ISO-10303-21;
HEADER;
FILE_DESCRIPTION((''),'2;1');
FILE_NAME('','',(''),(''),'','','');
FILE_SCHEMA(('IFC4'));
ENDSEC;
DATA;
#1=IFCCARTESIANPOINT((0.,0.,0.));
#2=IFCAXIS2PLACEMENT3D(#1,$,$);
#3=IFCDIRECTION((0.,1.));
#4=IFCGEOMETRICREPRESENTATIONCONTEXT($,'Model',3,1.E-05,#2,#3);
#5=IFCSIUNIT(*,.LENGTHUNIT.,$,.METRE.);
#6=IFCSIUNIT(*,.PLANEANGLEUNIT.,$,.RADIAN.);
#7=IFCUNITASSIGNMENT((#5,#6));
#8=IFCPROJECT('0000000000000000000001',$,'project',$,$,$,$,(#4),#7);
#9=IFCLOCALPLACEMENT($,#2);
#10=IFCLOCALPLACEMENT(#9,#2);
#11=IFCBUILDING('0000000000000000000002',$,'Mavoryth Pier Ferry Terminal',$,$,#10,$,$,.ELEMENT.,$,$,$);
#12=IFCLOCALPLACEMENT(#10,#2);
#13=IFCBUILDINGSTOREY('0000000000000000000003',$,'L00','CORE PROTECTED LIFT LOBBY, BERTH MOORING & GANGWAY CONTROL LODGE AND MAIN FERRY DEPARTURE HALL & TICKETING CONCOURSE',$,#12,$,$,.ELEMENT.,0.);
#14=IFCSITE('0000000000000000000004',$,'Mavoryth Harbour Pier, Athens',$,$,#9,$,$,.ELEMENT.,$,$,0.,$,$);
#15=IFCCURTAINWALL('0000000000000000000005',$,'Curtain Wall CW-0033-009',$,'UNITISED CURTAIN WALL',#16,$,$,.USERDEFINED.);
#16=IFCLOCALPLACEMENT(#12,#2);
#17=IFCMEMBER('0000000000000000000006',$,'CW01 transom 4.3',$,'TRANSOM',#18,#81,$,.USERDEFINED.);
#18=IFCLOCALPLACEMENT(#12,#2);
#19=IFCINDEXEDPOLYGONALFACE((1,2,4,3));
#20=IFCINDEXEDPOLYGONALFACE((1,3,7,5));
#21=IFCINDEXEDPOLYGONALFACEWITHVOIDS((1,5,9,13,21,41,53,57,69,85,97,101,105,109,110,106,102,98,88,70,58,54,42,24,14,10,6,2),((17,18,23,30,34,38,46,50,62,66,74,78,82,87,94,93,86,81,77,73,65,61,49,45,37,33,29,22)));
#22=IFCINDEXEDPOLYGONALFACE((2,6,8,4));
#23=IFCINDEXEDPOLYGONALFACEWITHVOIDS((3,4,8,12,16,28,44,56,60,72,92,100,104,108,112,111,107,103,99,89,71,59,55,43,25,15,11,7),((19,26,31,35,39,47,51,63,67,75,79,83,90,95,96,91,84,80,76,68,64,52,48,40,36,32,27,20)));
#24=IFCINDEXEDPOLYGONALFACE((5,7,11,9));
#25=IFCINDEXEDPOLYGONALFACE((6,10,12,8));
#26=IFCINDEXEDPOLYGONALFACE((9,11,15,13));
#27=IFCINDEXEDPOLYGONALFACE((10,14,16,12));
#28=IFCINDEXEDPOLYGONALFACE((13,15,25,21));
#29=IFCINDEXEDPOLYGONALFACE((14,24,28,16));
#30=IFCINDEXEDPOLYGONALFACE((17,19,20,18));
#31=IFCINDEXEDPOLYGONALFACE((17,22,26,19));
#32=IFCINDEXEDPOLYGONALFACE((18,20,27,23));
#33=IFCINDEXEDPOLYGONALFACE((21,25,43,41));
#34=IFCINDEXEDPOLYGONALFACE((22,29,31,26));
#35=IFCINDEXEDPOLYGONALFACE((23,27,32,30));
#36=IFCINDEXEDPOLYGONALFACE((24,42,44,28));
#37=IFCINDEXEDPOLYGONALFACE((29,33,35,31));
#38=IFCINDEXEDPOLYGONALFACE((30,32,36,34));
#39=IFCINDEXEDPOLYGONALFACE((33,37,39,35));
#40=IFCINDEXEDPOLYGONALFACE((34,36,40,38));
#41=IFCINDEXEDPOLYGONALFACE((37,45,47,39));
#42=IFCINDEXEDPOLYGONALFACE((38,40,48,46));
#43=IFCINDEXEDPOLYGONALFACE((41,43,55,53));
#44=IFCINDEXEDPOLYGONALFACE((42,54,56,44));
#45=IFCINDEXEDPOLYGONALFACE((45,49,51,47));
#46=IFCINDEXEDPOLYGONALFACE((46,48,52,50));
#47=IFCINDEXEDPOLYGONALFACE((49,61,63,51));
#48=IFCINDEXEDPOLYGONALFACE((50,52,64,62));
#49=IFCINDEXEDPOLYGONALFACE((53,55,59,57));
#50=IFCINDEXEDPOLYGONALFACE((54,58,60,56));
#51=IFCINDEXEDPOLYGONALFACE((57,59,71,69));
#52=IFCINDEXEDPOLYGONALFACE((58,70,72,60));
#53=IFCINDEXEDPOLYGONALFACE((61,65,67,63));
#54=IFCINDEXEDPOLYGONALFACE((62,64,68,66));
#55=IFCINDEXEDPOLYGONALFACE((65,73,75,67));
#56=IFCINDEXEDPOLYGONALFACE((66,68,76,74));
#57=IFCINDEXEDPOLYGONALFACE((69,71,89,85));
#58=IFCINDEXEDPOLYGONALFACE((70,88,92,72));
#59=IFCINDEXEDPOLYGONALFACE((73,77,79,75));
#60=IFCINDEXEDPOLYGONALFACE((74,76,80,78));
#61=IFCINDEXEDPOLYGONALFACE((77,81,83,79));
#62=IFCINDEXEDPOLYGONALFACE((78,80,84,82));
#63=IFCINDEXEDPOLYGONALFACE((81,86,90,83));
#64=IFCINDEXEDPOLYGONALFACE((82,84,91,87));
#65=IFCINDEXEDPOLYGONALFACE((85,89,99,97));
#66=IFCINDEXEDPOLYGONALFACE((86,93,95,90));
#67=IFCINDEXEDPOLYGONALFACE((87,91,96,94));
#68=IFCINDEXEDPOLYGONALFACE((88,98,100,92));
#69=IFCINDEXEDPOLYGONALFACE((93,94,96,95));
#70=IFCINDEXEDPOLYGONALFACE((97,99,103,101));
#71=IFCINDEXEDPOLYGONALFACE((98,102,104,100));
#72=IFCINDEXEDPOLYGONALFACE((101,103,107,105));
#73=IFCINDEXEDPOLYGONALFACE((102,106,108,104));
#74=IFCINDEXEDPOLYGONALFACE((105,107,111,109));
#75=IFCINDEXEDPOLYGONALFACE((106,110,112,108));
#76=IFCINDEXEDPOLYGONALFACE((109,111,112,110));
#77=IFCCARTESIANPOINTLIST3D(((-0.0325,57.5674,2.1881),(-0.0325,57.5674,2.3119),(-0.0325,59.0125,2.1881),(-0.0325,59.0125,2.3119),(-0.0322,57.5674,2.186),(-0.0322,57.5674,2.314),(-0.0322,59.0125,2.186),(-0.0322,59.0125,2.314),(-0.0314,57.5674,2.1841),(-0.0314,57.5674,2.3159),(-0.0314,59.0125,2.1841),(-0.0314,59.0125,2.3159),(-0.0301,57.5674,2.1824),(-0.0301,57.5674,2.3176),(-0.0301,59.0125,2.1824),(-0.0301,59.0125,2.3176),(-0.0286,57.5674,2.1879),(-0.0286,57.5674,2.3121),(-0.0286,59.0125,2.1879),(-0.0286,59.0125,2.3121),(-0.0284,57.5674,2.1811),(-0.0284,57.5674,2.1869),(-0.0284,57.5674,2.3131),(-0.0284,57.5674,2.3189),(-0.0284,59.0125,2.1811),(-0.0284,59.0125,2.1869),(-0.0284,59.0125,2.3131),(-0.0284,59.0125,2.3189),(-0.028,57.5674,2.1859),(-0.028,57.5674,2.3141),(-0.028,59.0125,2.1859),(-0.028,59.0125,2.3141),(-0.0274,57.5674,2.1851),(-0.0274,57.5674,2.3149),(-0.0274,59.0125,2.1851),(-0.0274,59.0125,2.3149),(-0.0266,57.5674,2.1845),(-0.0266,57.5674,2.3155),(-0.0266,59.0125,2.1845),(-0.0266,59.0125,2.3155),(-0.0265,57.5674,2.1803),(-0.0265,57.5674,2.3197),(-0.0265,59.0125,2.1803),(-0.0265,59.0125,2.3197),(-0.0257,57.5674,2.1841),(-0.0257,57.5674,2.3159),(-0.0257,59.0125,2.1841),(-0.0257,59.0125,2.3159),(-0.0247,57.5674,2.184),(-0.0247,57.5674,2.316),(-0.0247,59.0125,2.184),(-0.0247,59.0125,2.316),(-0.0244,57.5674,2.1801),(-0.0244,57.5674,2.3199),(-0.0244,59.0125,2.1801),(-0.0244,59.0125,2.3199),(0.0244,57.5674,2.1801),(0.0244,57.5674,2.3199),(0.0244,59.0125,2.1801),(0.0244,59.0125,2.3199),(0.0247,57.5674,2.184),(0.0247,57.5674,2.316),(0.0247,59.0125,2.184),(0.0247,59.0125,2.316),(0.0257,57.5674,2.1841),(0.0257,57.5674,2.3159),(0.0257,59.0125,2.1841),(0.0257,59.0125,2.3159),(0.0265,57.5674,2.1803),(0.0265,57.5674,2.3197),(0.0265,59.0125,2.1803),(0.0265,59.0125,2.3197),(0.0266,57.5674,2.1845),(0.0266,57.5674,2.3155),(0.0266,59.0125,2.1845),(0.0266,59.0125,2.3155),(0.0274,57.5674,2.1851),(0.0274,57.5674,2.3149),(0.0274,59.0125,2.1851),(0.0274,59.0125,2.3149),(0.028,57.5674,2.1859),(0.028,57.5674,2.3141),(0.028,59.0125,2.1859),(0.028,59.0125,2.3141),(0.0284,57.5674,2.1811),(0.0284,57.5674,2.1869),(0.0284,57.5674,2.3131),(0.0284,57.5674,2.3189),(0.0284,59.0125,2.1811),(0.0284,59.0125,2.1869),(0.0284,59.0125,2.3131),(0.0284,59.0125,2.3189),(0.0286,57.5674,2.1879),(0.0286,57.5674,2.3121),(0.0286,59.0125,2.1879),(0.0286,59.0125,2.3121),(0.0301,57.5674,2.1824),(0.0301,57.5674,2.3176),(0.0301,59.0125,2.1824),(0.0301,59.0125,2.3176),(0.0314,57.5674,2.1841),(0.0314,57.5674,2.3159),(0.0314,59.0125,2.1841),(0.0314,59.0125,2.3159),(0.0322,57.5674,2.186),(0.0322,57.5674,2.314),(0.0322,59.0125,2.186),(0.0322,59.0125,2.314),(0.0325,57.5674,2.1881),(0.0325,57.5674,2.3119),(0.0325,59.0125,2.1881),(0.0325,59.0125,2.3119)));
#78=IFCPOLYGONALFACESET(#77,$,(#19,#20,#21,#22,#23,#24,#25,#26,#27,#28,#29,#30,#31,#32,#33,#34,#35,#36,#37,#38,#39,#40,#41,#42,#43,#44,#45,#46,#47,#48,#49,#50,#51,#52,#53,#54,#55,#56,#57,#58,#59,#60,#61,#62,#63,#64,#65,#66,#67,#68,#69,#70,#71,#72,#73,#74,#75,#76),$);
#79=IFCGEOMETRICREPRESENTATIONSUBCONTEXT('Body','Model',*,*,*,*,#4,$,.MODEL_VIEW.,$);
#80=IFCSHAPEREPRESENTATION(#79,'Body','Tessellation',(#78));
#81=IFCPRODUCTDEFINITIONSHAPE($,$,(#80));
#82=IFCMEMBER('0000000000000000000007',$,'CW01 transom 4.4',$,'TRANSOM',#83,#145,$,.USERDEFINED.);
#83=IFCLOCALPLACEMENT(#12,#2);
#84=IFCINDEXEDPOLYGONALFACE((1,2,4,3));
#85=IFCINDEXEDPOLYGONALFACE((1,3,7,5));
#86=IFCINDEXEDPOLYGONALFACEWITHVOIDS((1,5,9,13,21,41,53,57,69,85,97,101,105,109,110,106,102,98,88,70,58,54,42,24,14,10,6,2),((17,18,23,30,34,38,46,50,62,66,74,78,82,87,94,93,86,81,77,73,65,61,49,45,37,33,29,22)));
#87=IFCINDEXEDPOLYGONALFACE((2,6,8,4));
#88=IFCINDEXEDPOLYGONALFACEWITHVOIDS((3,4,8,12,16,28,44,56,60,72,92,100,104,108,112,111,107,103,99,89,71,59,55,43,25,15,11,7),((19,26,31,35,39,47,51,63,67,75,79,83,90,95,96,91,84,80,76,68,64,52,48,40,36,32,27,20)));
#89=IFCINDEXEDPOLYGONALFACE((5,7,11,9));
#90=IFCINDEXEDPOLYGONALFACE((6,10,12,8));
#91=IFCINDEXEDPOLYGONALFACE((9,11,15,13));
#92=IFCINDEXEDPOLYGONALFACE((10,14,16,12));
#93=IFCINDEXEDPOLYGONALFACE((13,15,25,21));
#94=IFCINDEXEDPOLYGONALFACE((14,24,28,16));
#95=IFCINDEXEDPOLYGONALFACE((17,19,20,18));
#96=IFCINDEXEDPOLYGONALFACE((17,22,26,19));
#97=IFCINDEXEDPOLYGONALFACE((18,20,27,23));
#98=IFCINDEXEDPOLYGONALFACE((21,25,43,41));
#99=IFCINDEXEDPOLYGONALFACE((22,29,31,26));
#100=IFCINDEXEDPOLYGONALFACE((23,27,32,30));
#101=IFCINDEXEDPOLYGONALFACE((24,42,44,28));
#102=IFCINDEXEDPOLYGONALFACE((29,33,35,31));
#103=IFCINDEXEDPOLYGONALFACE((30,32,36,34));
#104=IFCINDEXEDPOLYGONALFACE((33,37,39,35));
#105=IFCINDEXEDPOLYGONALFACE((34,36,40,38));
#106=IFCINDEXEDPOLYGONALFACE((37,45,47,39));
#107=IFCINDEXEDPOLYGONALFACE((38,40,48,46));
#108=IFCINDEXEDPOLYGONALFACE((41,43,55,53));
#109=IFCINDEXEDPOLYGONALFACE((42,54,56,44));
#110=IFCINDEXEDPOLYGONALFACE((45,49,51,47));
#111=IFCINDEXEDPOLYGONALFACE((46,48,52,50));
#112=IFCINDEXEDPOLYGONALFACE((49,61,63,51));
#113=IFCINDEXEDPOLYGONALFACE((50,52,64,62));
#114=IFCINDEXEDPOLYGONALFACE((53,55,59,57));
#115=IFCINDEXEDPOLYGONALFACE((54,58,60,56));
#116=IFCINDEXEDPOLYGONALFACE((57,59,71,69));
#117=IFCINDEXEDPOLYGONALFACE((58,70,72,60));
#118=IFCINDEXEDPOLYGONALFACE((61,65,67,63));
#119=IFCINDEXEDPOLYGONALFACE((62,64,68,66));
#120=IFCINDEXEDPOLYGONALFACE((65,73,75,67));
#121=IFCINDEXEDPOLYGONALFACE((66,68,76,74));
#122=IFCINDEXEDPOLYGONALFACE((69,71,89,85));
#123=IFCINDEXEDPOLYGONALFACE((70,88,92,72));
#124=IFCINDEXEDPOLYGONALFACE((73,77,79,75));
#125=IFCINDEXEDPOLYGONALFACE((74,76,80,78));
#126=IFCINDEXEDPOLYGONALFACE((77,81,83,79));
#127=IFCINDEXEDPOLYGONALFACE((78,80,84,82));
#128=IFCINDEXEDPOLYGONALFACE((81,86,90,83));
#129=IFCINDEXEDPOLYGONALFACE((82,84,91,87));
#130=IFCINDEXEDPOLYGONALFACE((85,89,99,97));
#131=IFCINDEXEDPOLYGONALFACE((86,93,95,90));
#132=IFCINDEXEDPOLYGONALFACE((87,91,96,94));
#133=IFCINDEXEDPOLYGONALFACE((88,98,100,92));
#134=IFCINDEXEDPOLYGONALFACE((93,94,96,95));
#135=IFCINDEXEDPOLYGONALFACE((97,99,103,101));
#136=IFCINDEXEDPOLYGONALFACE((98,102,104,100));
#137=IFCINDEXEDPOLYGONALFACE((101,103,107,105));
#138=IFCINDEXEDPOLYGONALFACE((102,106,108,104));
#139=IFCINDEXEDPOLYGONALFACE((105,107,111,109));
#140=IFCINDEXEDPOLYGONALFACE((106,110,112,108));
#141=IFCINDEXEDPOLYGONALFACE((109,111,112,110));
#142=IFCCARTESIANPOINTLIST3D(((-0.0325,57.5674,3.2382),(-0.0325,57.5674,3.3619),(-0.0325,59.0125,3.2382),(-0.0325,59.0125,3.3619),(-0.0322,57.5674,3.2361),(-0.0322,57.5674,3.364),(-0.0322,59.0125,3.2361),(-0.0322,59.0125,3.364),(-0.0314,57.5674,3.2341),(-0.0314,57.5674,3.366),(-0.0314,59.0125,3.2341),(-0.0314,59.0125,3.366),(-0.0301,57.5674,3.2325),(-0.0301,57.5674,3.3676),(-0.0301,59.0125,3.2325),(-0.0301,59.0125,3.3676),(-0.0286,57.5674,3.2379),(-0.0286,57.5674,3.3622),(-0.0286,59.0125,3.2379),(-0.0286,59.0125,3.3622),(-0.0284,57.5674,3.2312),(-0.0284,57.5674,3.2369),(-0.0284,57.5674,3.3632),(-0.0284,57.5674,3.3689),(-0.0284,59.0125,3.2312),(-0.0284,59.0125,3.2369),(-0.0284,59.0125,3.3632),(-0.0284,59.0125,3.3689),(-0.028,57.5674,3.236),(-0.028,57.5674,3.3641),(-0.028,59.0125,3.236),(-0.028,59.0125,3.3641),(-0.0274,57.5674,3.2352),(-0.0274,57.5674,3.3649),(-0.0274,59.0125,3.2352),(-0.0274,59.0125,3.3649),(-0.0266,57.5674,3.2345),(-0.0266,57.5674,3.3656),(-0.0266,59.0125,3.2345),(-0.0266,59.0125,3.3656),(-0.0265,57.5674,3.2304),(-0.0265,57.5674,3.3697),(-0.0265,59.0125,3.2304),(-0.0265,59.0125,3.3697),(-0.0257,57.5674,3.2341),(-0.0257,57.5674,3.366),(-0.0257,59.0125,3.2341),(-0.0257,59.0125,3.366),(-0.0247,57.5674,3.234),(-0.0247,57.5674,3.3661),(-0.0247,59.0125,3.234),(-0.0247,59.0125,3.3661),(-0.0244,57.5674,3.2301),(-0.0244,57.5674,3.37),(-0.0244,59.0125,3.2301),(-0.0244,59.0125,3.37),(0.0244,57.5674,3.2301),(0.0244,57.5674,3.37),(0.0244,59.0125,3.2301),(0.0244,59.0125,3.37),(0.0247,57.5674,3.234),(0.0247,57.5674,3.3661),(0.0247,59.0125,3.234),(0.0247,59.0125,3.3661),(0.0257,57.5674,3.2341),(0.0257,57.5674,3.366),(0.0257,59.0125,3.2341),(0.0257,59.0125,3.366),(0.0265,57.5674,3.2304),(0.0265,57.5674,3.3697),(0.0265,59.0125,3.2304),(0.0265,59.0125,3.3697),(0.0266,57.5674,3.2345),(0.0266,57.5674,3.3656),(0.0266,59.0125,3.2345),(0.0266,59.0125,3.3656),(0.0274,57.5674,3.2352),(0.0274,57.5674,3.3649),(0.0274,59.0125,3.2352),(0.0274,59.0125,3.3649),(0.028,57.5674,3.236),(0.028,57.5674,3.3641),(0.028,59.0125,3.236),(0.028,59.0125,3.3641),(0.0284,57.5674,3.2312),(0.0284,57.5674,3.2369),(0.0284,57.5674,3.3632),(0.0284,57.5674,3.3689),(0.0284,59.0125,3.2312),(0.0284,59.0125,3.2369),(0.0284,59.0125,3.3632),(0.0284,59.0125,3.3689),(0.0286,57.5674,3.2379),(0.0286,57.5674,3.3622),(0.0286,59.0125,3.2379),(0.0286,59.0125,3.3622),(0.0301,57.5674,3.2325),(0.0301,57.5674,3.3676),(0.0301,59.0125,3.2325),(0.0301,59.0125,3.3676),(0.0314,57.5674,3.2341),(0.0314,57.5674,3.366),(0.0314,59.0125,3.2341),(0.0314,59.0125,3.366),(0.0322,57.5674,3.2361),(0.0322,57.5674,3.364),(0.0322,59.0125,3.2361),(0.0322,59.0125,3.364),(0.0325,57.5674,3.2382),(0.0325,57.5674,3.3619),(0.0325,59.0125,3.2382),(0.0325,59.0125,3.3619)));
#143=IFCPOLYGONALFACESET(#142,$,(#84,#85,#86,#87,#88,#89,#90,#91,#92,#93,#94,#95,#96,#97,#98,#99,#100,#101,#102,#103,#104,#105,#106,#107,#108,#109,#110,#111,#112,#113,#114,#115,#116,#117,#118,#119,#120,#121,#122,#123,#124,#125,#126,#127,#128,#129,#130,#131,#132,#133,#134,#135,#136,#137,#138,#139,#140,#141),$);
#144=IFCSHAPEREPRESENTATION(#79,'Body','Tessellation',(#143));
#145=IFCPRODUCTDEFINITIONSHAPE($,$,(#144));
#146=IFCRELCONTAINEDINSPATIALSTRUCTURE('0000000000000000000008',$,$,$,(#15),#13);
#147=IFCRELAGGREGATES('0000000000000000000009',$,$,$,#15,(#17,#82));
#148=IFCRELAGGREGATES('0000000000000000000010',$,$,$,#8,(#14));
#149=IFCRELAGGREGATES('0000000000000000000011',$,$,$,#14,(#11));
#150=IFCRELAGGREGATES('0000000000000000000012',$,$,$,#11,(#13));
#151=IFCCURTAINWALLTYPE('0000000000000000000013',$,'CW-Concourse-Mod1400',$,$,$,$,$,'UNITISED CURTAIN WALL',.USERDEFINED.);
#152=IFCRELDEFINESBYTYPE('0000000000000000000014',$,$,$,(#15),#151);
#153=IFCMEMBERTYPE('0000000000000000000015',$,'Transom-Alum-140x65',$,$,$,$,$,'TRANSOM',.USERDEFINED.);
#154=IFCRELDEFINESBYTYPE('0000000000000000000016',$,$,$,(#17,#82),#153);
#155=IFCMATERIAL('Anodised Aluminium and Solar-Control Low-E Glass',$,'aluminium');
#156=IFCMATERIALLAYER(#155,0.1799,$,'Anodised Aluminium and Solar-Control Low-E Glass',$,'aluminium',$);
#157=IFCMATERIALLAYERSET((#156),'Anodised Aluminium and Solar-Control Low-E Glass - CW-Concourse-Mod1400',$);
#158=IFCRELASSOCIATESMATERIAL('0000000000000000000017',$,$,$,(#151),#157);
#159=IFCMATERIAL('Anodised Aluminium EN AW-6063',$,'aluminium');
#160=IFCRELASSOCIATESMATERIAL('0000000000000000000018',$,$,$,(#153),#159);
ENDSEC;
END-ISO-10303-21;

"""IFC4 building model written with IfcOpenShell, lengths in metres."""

from ifc_helpers import new_model, si_unit, direction, frame, origin, origin_2d, place, context, subcontext, project, spatial, hollow_rectangle, extrude, material, layer, layer_set, material_profile, profile_set, type_object, element, aggregate, save


model = new_model("IFC4")

# Units and contexts
model_context = context("Model", 3, precision=1e-05, world=origin(), true_north=direction((0.0, 1.0)))
body_context = subcontext(model_context, "Body", "Model", "MODEL_VIEW")
ifc_project = project(units=[si_unit("LENGTHUNIT", "METRE"), si_unit("PLANEANGLEUNIT", "RADIAN")], contexts=[model_context])

# Site, building, storey
site_placement = place(None, origin())
site = spatial("IfcSite", under=ifc_project, at=site_placement, Name="Mavoryth Harbour Pier, Athens", CompositionType="ELEMENT", RefElevation=0.0)
building_placement = place(site_placement, origin())
building = spatial("IfcBuilding", under=site, at=building_placement, Name="Mavoryth Pier Ferry Terminal", CompositionType="ELEMENT")
storey_placement = place(building_placement, origin())
storey = spatial("IfcBuildingStorey", under=building, at=storey_placement, Name="L00", Description="CORE PROTECTED LIFT LOBBY, BERTH MOORING & GANGWAY CONTROL LODGE AND MAIN FERRY DEPARTURE HALL & TICKETING CONCOURSE", CompositionType="ELEMENT", Elevation=0.0)

# Curtain wall, members
ifc_material_1 = material(Name="Anodised Aluminium and Solar-Control Low-E Glass", Category="aluminium")
ifc_layer_1 = layer(ifc_material_1, 0.1799, Name="Anodised Aluminium and Solar-Control Low-E Glass", Category="aluminium")
ifc_layer_set_1 = layer_set([ifc_layer_1], Name="Anodised Aluminium and Solar-Control Low-E Glass - CW-Concourse-Mod1400")
curtain_wall_type = type_object("IfcCurtainWallType", Name="CW-Concourse-Mod1400", ElementType="UNITISED CURTAIN WALL", PredefinedType="USERDEFINED", material=ifc_layer_set_1)
curtain_wall_placement = place(storey_placement, origin())
curtain_wall = element("IfcCurtainWall", 1, at=curtain_wall_placement, inside=storey, type_object=curtain_wall_type, Name="Curtain Wall CW-0033-009", ObjectType="UNITISED CURTAIN WALL", PredefinedType="USERDEFINED")
ifc_material_2 = material(Name="Anodised Aluminium EN AW-6063", Category="aluminium")
ifc_material_profile_1 = material_profile(ifc_material_2, hollow_rectangle(XDim=0.0649, YDim=0.1399, WallThickness=0.0039, InnerFilletRadius=0.0039, OuterFilletRadius=0.0081, at=origin_2d()), Name="AL-TRAN 140x65x4", Category="aluminium")
ifc_profile_set_1 = profile_set([ifc_material_profile_1], Name="Anodised Aluminium EN AW-6063 - AL-TRAN 140x65x4")
member_type_1 = type_object("IfcMemberType", Name="Transom-Alum-140x65", ElementType="TRANSOM", PredefinedType="USERDEFINED", material=ifc_profile_set_1)
member_1_placement = place(storey_placement, frame((0.0, 59.0125, 2.25), z_axis=(0.0, -1.0, 0.0), x_axis=(1.0, 0.0, 0.0)))
member_1 = element("IfcMember", 2, at=member_1_placement, type_object=member_type_1, Name="CW01 transom 4.3", ObjectType="TRANSOM", PredefinedType="USERDEFINED", context=body_context, shape_type="SweptSolid", body=[
    extrude(hollow_rectangle(XDim=0.0649, YDim=0.1399, WallThickness=0.0039, InnerFilletRadius=0.0039, OuterFilletRadius=0.0081, at=origin_2d()), origin(), (0.0, 0.0, 1.0), 1.4451),
])
member_2_placement = place(storey_placement, frame((0.0, 59.0125, 3.3), z_axis=(0.0, -1.0, 0.0), x_axis=(1.0, 0.0, 0.0)))
member_2 = element("IfcMember", 3, at=member_2_placement, type_object=member_type_1, Name="CW01 transom 4.4", ObjectType="TRANSOM", PredefinedType="USERDEFINED", context=body_context, shape_type="SweptSolid", body=[
    extrude(hollow_rectangle(XDim=0.0649, YDim=0.1399, WallThickness=0.0039, InnerFilletRadius=0.0039, OuterFilletRadius=0.0081, at=origin_2d()), origin(), (0.0, 0.0, 1.0), 1.4451),
])
aggregate(curtain_wall, [member_1, member_2])

save(model, "model.ifc")
